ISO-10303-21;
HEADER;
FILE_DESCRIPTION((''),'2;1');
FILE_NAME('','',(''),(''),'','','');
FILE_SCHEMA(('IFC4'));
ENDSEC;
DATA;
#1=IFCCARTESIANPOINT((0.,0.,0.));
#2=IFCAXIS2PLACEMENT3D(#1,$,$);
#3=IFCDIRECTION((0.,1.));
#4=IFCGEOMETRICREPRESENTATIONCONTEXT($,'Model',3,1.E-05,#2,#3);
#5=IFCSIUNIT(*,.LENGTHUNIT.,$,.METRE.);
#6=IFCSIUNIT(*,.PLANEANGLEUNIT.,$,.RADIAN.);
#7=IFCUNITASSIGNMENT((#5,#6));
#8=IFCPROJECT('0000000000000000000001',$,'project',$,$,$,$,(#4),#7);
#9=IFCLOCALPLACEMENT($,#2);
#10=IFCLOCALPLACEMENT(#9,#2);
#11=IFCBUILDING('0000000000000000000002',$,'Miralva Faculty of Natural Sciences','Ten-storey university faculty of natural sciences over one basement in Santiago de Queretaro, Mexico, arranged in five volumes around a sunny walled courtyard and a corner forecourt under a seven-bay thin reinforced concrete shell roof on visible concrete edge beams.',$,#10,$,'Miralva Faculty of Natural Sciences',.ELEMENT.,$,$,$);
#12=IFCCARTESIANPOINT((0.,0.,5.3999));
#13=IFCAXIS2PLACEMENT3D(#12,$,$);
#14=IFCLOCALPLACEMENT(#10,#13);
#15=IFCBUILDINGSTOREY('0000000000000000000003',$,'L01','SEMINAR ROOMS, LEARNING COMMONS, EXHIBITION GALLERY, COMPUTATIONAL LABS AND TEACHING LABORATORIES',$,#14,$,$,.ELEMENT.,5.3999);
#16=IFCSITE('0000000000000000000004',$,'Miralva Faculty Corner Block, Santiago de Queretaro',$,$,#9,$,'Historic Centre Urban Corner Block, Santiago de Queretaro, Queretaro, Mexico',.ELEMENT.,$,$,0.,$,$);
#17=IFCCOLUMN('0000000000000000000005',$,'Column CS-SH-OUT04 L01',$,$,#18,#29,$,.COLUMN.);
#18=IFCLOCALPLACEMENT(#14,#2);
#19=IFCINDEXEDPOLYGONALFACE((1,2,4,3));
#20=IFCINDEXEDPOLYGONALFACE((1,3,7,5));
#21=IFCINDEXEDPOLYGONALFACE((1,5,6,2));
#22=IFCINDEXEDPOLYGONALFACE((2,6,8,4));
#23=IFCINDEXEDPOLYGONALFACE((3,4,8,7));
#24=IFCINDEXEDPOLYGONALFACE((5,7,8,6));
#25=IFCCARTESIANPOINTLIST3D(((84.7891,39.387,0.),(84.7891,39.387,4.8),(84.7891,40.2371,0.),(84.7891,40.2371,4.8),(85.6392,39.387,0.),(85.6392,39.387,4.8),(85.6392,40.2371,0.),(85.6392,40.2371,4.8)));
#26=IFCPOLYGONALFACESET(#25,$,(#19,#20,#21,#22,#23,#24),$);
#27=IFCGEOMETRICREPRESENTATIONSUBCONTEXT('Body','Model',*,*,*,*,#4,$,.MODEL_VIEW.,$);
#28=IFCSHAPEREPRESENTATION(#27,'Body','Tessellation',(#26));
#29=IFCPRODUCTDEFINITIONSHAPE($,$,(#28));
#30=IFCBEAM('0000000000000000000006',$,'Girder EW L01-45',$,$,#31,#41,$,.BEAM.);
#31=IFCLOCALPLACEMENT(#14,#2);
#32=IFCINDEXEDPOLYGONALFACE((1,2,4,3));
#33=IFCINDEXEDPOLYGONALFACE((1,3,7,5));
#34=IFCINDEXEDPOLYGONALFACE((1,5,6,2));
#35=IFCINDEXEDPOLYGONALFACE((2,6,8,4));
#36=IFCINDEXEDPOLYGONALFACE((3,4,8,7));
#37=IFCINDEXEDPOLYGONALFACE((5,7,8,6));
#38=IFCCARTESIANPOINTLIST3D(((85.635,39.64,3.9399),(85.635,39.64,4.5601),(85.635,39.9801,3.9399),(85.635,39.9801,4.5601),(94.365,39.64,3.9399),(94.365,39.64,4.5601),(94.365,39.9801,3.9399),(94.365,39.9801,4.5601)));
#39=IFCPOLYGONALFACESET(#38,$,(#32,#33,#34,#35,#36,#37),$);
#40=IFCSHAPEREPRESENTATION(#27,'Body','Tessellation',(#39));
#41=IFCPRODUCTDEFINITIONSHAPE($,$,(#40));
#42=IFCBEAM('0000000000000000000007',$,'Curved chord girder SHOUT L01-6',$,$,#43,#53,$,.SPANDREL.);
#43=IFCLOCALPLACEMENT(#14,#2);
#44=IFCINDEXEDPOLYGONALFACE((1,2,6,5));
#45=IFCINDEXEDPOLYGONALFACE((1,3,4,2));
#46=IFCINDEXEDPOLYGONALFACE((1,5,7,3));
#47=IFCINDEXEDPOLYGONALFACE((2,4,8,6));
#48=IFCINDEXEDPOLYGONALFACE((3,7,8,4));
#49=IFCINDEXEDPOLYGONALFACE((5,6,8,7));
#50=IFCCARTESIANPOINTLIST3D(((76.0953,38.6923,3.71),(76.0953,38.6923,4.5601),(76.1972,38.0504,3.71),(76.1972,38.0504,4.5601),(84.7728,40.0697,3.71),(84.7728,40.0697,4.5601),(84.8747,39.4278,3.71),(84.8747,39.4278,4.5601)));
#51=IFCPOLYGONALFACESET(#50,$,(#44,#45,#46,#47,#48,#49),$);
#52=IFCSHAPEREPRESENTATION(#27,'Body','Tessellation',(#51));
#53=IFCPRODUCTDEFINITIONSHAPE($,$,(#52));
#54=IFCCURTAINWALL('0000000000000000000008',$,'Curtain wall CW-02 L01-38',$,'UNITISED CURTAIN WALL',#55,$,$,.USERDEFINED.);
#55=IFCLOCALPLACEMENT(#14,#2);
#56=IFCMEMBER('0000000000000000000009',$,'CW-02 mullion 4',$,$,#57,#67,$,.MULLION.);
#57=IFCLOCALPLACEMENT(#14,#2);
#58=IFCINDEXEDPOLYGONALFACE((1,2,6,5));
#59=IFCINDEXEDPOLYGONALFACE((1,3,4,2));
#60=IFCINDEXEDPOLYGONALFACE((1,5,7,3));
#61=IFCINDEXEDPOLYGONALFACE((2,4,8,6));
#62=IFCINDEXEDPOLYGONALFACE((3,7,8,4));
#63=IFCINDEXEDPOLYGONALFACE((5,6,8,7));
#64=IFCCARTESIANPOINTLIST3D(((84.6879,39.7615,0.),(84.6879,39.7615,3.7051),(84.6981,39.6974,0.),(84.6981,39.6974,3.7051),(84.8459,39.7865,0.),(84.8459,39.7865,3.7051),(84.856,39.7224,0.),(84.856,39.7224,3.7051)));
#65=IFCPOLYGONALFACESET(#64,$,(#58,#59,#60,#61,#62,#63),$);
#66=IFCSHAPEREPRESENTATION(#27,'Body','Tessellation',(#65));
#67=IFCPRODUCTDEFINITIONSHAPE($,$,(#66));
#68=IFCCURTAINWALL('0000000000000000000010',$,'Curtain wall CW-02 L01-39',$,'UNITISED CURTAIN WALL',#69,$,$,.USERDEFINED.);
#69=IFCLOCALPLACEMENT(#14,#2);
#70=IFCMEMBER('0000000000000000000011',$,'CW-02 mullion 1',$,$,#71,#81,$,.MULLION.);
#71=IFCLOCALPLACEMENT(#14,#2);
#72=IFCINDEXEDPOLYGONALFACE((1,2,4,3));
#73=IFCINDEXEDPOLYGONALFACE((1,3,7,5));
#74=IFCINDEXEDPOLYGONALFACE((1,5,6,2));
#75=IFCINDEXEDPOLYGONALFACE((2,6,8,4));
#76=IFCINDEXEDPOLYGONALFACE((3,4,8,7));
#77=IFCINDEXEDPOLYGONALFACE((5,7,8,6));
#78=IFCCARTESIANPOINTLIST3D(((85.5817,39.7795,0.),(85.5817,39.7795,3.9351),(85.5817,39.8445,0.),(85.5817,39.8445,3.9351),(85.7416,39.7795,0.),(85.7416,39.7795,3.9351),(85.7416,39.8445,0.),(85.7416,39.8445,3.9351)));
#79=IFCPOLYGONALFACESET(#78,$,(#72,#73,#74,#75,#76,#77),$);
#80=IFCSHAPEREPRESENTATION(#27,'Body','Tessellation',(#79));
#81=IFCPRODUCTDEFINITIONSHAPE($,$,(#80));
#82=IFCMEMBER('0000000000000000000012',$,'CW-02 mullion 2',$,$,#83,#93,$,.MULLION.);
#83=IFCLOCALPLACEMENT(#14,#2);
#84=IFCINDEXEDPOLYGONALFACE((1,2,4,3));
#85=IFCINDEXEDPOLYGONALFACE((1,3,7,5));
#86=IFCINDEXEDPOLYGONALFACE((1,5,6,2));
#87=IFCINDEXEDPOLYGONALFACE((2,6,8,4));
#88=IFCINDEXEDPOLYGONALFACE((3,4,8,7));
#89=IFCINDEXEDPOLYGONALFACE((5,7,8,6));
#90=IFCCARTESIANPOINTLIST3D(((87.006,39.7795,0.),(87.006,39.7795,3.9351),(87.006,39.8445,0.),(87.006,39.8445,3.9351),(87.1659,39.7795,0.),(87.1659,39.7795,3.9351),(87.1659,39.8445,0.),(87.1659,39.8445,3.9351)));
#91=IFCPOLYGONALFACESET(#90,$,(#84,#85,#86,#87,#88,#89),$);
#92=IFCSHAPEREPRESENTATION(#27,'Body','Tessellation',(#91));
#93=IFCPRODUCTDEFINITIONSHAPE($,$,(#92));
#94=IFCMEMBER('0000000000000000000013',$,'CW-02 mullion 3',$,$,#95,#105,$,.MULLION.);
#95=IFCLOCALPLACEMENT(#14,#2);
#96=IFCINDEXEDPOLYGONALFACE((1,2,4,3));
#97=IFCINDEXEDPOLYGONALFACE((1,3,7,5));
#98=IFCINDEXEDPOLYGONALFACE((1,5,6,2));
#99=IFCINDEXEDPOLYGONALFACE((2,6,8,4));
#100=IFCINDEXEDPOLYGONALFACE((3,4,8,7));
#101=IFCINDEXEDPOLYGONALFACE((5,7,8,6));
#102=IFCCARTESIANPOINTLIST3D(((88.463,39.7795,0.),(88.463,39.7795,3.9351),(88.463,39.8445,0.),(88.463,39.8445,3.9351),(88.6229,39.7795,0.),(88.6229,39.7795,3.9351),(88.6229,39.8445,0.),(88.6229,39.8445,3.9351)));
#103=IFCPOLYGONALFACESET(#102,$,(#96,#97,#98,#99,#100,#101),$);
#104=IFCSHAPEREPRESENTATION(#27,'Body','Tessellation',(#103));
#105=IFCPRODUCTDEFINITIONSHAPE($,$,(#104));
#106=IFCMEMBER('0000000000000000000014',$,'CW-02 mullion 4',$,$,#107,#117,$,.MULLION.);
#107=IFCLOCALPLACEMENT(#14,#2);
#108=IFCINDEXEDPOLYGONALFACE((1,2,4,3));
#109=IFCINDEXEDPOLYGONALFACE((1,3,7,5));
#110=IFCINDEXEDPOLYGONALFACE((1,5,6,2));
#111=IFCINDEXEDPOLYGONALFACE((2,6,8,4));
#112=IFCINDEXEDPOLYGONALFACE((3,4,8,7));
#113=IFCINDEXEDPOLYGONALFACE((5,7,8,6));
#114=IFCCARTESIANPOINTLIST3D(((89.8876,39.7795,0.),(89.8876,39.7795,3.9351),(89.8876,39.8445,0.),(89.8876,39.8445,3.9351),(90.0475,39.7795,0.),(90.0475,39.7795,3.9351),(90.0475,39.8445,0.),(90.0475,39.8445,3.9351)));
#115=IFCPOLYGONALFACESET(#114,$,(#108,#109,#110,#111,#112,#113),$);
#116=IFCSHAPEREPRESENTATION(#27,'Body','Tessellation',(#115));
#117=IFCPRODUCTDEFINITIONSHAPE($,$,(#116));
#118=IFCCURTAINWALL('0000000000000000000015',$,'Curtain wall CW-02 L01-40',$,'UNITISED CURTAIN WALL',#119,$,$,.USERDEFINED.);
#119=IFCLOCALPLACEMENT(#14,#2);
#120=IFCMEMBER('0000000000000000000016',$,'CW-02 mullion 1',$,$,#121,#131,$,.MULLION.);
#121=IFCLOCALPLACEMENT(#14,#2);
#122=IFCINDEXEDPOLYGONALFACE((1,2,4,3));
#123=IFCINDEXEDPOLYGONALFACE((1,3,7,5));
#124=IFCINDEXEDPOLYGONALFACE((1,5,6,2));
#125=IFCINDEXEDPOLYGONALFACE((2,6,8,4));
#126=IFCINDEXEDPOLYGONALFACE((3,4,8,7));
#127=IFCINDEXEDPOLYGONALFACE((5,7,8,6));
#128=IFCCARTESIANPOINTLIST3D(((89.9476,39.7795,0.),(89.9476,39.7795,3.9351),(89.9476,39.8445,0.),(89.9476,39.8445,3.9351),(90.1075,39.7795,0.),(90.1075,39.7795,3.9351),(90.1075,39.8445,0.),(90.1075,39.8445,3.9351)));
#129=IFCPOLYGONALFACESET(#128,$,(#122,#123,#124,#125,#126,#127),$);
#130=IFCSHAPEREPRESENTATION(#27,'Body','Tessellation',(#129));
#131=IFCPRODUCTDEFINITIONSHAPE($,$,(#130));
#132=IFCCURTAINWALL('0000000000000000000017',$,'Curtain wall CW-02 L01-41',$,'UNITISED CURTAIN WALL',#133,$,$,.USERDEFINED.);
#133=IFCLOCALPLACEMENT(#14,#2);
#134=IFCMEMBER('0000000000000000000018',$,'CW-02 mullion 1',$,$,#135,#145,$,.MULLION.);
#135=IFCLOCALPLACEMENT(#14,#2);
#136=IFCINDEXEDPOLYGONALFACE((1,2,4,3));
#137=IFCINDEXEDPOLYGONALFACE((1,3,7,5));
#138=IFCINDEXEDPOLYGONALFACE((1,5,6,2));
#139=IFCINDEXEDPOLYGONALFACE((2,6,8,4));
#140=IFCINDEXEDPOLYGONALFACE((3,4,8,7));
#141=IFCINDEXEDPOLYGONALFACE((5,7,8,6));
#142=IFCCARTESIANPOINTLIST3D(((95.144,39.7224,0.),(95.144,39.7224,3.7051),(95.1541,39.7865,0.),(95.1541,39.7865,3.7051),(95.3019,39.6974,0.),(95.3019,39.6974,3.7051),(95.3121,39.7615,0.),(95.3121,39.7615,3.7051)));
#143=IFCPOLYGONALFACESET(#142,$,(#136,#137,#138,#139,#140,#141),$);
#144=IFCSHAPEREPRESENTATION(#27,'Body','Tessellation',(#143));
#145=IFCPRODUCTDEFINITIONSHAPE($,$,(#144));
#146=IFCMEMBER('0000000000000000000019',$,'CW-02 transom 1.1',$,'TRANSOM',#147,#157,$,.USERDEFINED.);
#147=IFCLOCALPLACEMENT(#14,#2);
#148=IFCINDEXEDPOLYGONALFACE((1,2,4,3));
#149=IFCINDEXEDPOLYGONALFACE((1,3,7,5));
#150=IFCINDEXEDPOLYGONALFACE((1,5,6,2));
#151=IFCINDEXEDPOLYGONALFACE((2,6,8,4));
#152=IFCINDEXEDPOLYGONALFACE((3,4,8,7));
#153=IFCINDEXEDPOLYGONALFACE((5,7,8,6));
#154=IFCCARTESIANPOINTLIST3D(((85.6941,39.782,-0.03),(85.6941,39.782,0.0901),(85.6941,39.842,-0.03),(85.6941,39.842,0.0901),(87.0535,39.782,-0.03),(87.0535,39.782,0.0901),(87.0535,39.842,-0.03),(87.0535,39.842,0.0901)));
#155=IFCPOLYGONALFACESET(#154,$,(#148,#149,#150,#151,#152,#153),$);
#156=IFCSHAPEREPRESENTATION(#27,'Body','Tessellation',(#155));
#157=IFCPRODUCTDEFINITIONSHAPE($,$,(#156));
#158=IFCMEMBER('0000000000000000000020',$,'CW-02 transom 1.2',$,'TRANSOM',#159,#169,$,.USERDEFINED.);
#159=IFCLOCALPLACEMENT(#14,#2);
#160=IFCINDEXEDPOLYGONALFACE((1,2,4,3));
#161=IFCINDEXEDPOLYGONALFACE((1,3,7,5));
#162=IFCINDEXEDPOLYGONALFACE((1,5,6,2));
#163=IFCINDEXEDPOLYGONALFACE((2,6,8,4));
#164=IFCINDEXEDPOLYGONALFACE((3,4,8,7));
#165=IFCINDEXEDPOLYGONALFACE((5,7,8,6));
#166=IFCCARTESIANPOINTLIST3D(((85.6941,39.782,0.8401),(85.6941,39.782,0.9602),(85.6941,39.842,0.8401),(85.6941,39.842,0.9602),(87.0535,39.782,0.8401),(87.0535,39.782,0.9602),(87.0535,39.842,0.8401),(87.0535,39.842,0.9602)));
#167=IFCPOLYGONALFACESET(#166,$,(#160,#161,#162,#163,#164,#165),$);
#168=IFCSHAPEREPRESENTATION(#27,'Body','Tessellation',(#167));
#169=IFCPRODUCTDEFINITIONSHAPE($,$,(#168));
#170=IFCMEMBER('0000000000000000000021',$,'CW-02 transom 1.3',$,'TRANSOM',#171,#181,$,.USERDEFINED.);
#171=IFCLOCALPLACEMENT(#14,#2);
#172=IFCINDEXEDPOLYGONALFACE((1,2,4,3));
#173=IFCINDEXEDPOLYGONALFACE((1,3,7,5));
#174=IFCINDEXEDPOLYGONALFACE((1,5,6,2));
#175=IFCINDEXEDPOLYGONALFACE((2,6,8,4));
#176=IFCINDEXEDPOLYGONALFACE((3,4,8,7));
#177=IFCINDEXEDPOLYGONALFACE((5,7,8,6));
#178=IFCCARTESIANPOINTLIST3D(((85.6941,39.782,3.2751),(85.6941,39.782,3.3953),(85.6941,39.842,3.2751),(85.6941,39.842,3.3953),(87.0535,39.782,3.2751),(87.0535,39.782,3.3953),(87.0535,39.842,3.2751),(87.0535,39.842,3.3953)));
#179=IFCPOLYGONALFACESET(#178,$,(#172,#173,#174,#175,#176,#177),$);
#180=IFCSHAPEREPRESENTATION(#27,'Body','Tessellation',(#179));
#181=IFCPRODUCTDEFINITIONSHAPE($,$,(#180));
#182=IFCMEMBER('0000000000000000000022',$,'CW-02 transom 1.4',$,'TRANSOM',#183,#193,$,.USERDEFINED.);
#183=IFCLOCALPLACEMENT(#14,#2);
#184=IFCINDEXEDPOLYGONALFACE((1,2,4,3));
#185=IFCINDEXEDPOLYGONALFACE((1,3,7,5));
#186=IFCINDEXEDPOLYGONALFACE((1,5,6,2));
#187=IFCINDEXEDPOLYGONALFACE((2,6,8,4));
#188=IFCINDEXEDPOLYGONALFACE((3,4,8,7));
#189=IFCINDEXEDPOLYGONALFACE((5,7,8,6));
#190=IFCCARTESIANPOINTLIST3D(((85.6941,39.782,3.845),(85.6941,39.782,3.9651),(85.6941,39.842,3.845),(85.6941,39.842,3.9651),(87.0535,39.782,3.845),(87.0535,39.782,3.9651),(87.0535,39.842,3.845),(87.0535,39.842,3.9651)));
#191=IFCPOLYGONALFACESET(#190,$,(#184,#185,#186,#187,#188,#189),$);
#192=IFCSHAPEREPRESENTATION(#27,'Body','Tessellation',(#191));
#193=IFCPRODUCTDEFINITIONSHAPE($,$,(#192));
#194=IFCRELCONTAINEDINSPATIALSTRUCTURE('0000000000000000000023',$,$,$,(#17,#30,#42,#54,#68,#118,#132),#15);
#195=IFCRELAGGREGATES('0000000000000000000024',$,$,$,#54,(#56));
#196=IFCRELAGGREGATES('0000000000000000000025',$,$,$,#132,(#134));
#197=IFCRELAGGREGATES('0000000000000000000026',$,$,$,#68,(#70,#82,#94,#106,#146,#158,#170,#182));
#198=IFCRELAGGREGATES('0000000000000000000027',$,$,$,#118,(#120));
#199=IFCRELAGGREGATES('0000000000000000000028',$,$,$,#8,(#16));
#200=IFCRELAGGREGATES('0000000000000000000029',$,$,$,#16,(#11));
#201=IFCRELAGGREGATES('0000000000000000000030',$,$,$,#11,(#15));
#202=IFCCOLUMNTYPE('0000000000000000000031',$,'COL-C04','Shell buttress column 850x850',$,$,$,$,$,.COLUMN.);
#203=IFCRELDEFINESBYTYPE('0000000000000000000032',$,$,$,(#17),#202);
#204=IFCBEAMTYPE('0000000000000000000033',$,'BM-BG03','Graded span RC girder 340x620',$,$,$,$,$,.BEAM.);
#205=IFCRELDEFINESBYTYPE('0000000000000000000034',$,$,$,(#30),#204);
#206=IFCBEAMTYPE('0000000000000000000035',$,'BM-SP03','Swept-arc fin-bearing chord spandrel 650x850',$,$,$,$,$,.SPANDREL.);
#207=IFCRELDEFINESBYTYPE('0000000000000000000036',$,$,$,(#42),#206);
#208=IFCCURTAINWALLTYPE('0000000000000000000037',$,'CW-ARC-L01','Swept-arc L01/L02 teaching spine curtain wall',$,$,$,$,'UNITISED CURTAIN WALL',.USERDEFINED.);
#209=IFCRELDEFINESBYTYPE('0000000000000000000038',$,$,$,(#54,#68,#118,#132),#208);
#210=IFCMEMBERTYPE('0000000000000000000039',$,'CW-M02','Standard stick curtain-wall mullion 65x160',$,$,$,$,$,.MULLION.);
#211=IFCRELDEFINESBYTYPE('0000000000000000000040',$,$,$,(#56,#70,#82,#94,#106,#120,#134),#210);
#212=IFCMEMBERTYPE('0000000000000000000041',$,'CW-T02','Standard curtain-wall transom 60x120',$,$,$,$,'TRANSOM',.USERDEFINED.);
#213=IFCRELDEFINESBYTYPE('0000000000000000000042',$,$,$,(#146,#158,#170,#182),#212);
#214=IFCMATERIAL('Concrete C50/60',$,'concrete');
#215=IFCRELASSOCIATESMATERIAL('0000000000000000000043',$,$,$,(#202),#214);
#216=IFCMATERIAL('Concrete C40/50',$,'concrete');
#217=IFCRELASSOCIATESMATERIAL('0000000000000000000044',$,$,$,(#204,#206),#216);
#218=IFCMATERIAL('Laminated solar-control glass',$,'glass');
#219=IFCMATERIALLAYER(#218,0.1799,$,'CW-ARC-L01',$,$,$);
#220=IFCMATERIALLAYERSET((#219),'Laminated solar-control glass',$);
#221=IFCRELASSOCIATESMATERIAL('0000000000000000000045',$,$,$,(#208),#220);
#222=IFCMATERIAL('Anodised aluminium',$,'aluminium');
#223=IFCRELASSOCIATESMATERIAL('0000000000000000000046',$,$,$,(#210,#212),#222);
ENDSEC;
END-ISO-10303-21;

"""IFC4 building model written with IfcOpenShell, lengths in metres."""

from ifc_helpers import new_model, si_unit, direction, frame, origin, origin_2d, place, context, subcontext, project, spatial, rectangle, extrude, material, layer, layer_set, material_profile, profile_set, type_object, element, aggregate, save


model = new_model("IFC4")

# Units and contexts
model_context = context("Model", 3, precision=1e-05, world=origin(), true_north=direction((0.0, 1.0)))
body_context = subcontext(model_context, "Body", "Model", "MODEL_VIEW")
ifc_project = project(units=[si_unit("LENGTHUNIT", "METRE"), si_unit("PLANEANGLEUNIT", "RADIAN")], contexts=[model_context])

# Site, building, storey
site_placement = place(None, origin())
site = spatial("IfcSite", under=ifc_project, at=site_placement, Name="Miralva Faculty Corner Block, Santiago de Queretaro", LongName="Historic Centre Urban Corner Block, Santiago de Queretaro, Queretaro, Mexico", CompositionType="ELEMENT", RefElevation=0.0)
building_placement = place(site_placement, origin())
building = spatial("IfcBuilding", under=site, at=building_placement, Name="Miralva Faculty of Natural Sciences", Description="Ten-storey university faculty of natural sciences over one basement in Santiago de Queretaro, Mexico, arranged in five volumes around a sunny walled courtyard and a corner forecourt under a seven-bay thin reinforced concrete shell roof on visible concrete edge beams.", LongName="Miralva Faculty of Natural Sciences", CompositionType="ELEMENT")
storey_placement = place(building_placement, frame((0.0, 0.0, 5.3999)))
storey = spatial("IfcBuildingStorey", under=building, at=storey_placement, Name="L01", Description="SEMINAR ROOMS, LEARNING COMMONS, EXHIBITION GALLERY, COMPUTATIONAL LABS AND TEACHING LABORATORIES", CompositionType="ELEMENT", Elevation=5.3999)

# Column
ifc_material_1 = material(Name="Concrete C50/60", Category="concrete")
ifc_material_profile_1 = material_profile(ifc_material_1, rectangle(XDim=0.8501, YDim=0.8501, at=origin_2d()), Name="RC 850x850")
ifc_profile_set_1 = profile_set([ifc_material_profile_1], Name="Concrete C50/60")
column_type = type_object("IfcColumnType", Name="COL-C04", Description="Shell buttress column 850x850", PredefinedType="COLUMN", material=ifc_profile_set_1)
column_placement = place(storey_placement, frame((85.2141, 39.812, 0.0), z_axis=(0.0, 0.0, 1.0), x_axis=(1.0, 0.0, 0.0)))
element("IfcColumn", 1, at=column_placement, inside=storey, type_object=column_type, Name="Column CS-SH-OUT04 L01", PredefinedType="COLUMN", context=body_context, shape_type="SweptSolid", body=[
    extrude(rectangle(XDim=0.8501, YDim=0.8501, at=origin_2d()), origin(), (0.0, 0.0, 1.0), 4.8),
])

# Beams
ifc_material_2 = material(Name="Concrete C40/50", Category="concrete")
ifc_material_profile_2 = material_profile(ifc_material_2, rectangle(XDim=0.3401, YDim=0.6201, at=origin_2d()), Name="RC 340x620")
ifc_profile_set_2 = profile_set([ifc_material_profile_2], Name="Concrete C40/50")
beam_type_1 = type_object("IfcBeamType", Name="BM-BG03", Description="Graded span RC girder 340x620", PredefinedType="BEAM", material=ifc_profile_set_2)
beam_1_placement = place(storey_placement, frame((85.635, 39.8101, 4.25), z_axis=(1.0, 0.0, 0.0), x_axis=(0.0, 1.0, 0.0)))
element("IfcBeam", 2, at=beam_1_placement, inside=storey, type_object=beam_type_1, Name="Girder EW L01-45", PredefinedType="BEAM", context=body_context, shape_type="SweptSolid", body=[
    extrude(rectangle(XDim=0.3401, YDim=0.6201, at=origin_2d()), origin(), (0.0, 0.0, 1.0), 8.73),
])
ifc_material_profile_3 = material_profile(ifc_material_2, rectangle(XDim=0.6499, YDim=0.8501, at=origin_2d()), Name="RC 650x850")
ifc_profile_set_3 = profile_set([ifc_material_profile_3], Name="Concrete C40/50")
beam_type_2 = type_object("IfcBeamType", Name="BM-SP03", Description="Swept-arc fin-bearing chord spandrel 650x850", PredefinedType="SPANDREL", material=ifc_profile_set_3)
beam_2_placement = place(storey_placement, frame((84.8237, 39.7488, 4.135), z_axis=(-0.987634, -0.156774, 0.0), x_axis=(0.156774, -0.987634, 0.0)))
element("IfcBeam", 3, at=beam_2_placement, inside=storey, type_object=beam_type_2, Name="Curved chord girder SHOUT L01-6", PredefinedType="SPANDREL", context=body_context, shape_type="SweptSolid", body=[
    extrude(rectangle(XDim=0.6499, YDim=0.8501, at=origin_2d()), origin(), (0.0, 0.0, 1.0), 8.7861),
])

# Curtain wall, member
ifc_material_3 = material(Name="Laminated solar-control glass", Category="glass")
ifc_layer_1 = layer(ifc_material_3, 0.1799, Name="CW-ARC-L01")
ifc_layer_set_1 = layer_set([ifc_layer_1], Name="Laminated solar-control glass")
curtain_wall_type = type_object("IfcCurtainWallType", Name="CW-ARC-L01", Description="Swept-arc L01/L02 teaching spine curtain wall", ElementType="UNITISED CURTAIN WALL", PredefinedType="USERDEFINED", material=ifc_layer_set_1)
curtain_wall_1_placement = place(storey_placement, origin())
curtain_wall_1 = element("IfcCurtainWall", 4, at=curtain_wall_1_placement, inside=storey, type_object=curtain_wall_type, Name="Curtain wall CW-02 L01-38", ObjectType="UNITISED CURTAIN WALL", PredefinedType="USERDEFINED")
ifc_material_4 = material(Name="Anodised aluminium", Category="aluminium")
ifc_material_profile_4 = material_profile(ifc_material_4, rectangle(XDim=0.0649, YDim=0.1599, at=origin_2d()), Name="MULLION 65x160")
ifc_profile_set_4 = profile_set([ifc_material_profile_4], Name="Anodised aluminium")
member_type_1 = type_object("IfcMemberType", Name="CW-M02", Description="Standard stick curtain-wall mullion 65x160", PredefinedType="MULLION", material=ifc_profile_set_4)
member_1_placement = place(storey_placement, frame((84.772, 39.7419, 0.0), z_axis=(0.0, 0.0, 1.0), x_axis=(-0.156423, 0.98769, 0.0)))
member_1 = element("IfcMember", 5, at=member_1_placement, type_object=member_type_1, Name="CW-02 mullion 4", PredefinedType="MULLION", context=body_context, shape_type="SweptSolid", body=[
    extrude(rectangle(XDim=0.0649, YDim=0.1599, at=origin_2d()), origin(), (0.0, 0.0, 1.0), 3.7051),
])
aggregate(curtain_wall_1, [member_1])

# Curtain wall, members
curtain_wall_2_placement = place(storey_placement, origin())
curtain_wall_2 = element("IfcCurtainWall", 6, at=curtain_wall_2_placement, inside=storey, type_object=curtain_wall_type, Name="Curtain wall CW-02 L01-39", ObjectType="UNITISED CURTAIN WALL", PredefinedType="USERDEFINED")
member_2_placement = place(storey_placement, frame((85.6616, 39.812, 0.0), z_axis=(0.0, 0.0, 1.0), x_axis=(0.0, 1.0, 0.0)))
member_2 = element("IfcMember", 7, at=member_2_placement, type_object=member_type_1, Name="CW-02 mullion 1", PredefinedType="MULLION", context=body_context, shape_type="SweptSolid", body=[
    extrude(rectangle(XDim=0.0649, YDim=0.1599, at=origin_2d()), origin(), (0.0, 0.0, 1.0), 3.9351),
])
member_3_placement = place(storey_placement, frame((87.0859, 39.812, 0.0), z_axis=(0.0, 0.0, 1.0), x_axis=(0.0, 1.0, 0.0)))
member_3 = element("IfcMember", 8, at=member_3_placement, type_object=member_type_1, Name="CW-02 mullion 2", PredefinedType="MULLION", context=body_context, shape_type="SweptSolid", body=[
    extrude(rectangle(XDim=0.0649, YDim=0.1599, at=origin_2d()), origin(), (0.0, 0.0, 1.0), 3.9351),
])
member_4_placement = place(storey_placement, frame((88.543, 39.812, 0.0), z_axis=(0.0, 0.0, 1.0), x_axis=(0.0, 1.0, 0.0)))
member_4 = element("IfcMember", 9, at=member_4_placement, type_object=member_type_1, Name="CW-02 mullion 3", PredefinedType="MULLION", context=body_context, shape_type="SweptSolid", body=[
    extrude(rectangle(XDim=0.0649, YDim=0.1599, at=origin_2d()), origin(), (0.0, 0.0, 1.0), 3.9351),
])
member_5_placement = place(storey_placement, frame((89.9675, 39.812, 0.0), z_axis=(0.0, 0.0, 1.0), x_axis=(0.0, 1.0, 0.0)))
member_5 = element("IfcMember", 10, at=member_5_placement, type_object=member_type_1, Name="CW-02 mullion 4", PredefinedType="MULLION", context=body_context, shape_type="SweptSolid", body=[
    extrude(rectangle(XDim=0.0649, YDim=0.1599, at=origin_2d()), origin(), (0.0, 0.0, 1.0), 3.9351),
])

# Curtain walls, members
curtain_wall_3_placement = place(storey_placement, origin())
curtain_wall_3 = element("IfcCurtainWall", 11, at=curtain_wall_3_placement, inside=storey, type_object=curtain_wall_type, Name="Curtain wall CW-02 L01-40", ObjectType="UNITISED CURTAIN WALL", PredefinedType="USERDEFINED")
member_6_placement = place(storey_placement, frame((90.0276, 39.812, 0.0), z_axis=(0.0, 0.0, 1.0), x_axis=(0.0, 1.0, 0.0)))
member_6 = element("IfcMember", 12, at=member_6_placement, type_object=member_type_1, Name="CW-02 mullion 1", PredefinedType="MULLION", context=body_context, shape_type="SweptSolid", body=[
    extrude(rectangle(XDim=0.0649, YDim=0.1599, at=origin_2d()), origin(), (0.0, 0.0, 1.0), 3.9351),
])
curtain_wall_4_placement = place(storey_placement, origin())
curtain_wall_4 = element("IfcCurtainWall", 13, at=curtain_wall_4_placement, inside=storey, type_object=curtain_wall_type, Name="Curtain wall CW-02 L01-41", ObjectType="UNITISED CURTAIN WALL", PredefinedType="USERDEFINED")
member_7_placement = place(storey_placement, frame((95.228, 39.7419, 0.0), z_axis=(0.0, 0.0, 1.0), x_axis=(0.156417, 0.987691, 0.0)))
member_7 = element("IfcMember", 14, at=member_7_placement, type_object=member_type_1, Name="CW-02 mullion 1", PredefinedType="MULLION", context=body_context, shape_type="SweptSolid", body=[
    extrude(rectangle(XDim=0.0649, YDim=0.1599, at=origin_2d()), origin(), (0.0, 0.0, 1.0), 3.7051),
])
aggregate(curtain_wall_4, [member_7])

# Members
ifc_material_profile_5 = material_profile(ifc_material_4, rectangle(XDim=0.0601, YDim=0.1201, at=origin_2d()), Name="TRANSOM 60x120")
ifc_profile_set_5 = profile_set([ifc_material_profile_5], Name="Anodised aluminium")
member_type_2 = type_object("IfcMemberType", Name="CW-T02", Description="Standard curtain-wall transom 60x120", ElementType="TRANSOM", PredefinedType="USERDEFINED", material=ifc_profile_set_5)
member_8_placement = place(storey_placement, frame((85.6941, 39.812, 0.03), z_axis=(1.0, 0.0, 0.0), x_axis=(0.0, 1.0, 0.0)))
member_8 = element("IfcMember", 15, at=member_8_placement, type_object=member_type_2, Name="CW-02 transom 1.1", ObjectType="TRANSOM", PredefinedType="USERDEFINED", context=body_context, shape_type="SweptSolid", body=[
    extrude(rectangle(XDim=0.0601, YDim=0.1201, at=origin_2d()), origin(), (0.0, 0.0, 1.0), 1.3594),
])
member_9_placement = place(storey_placement, frame((85.6941, 39.812, 0.9001), z_axis=(1.0, 0.0, 0.0), x_axis=(0.0, 1.0, 0.0)))
member_9 = element("IfcMember", 16, at=member_9_placement, type_object=member_type_2, Name="CW-02 transom 1.2", ObjectType="TRANSOM", PredefinedType="USERDEFINED", context=body_context, shape_type="SweptSolid", body=[
    extrude(rectangle(XDim=0.0601, YDim=0.1201, at=origin_2d()), origin(), (0.0, 0.0, 1.0), 1.3594),
])
member_10_placement = place(storey_placement, frame((85.6941, 39.812, 3.3352), z_axis=(1.0, 0.0, 0.0), x_axis=(0.0, 1.0, 0.0)))
member_10 = element("IfcMember", 17, at=member_10_placement, type_object=member_type_2, Name="CW-02 transom 1.3", ObjectType="TRANSOM", PredefinedType="USERDEFINED", context=body_context, shape_type="SweptSolid", body=[
    extrude(rectangle(XDim=0.0601, YDim=0.1201, at=origin_2d()), origin(), (0.0, 0.0, 1.0), 1.3594),
])
member_11_placement = place(storey_placement, frame((85.6941, 39.812, 3.905), z_axis=(1.0, 0.0, 0.0), x_axis=(0.0, 1.0, 0.0)))
member_11 = element("IfcMember", 18, at=member_11_placement, type_object=member_type_2, Name="CW-02 transom 1.4", ObjectType="TRANSOM", PredefinedType="USERDEFINED", context=body_context, shape_type="SweptSolid", body=[
    extrude(rectangle(XDim=0.0601, YDim=0.1201, at=origin_2d()), origin(), (0.0, 0.0, 1.0), 1.3594),
])

aggregate(curtain_wall_2, [member_2, member_3, member_4, member_5, member_8, member_9, member_10, member_11])
aggregate(curtain_wall_3, [member_6])

save(model, "model.ifc")
